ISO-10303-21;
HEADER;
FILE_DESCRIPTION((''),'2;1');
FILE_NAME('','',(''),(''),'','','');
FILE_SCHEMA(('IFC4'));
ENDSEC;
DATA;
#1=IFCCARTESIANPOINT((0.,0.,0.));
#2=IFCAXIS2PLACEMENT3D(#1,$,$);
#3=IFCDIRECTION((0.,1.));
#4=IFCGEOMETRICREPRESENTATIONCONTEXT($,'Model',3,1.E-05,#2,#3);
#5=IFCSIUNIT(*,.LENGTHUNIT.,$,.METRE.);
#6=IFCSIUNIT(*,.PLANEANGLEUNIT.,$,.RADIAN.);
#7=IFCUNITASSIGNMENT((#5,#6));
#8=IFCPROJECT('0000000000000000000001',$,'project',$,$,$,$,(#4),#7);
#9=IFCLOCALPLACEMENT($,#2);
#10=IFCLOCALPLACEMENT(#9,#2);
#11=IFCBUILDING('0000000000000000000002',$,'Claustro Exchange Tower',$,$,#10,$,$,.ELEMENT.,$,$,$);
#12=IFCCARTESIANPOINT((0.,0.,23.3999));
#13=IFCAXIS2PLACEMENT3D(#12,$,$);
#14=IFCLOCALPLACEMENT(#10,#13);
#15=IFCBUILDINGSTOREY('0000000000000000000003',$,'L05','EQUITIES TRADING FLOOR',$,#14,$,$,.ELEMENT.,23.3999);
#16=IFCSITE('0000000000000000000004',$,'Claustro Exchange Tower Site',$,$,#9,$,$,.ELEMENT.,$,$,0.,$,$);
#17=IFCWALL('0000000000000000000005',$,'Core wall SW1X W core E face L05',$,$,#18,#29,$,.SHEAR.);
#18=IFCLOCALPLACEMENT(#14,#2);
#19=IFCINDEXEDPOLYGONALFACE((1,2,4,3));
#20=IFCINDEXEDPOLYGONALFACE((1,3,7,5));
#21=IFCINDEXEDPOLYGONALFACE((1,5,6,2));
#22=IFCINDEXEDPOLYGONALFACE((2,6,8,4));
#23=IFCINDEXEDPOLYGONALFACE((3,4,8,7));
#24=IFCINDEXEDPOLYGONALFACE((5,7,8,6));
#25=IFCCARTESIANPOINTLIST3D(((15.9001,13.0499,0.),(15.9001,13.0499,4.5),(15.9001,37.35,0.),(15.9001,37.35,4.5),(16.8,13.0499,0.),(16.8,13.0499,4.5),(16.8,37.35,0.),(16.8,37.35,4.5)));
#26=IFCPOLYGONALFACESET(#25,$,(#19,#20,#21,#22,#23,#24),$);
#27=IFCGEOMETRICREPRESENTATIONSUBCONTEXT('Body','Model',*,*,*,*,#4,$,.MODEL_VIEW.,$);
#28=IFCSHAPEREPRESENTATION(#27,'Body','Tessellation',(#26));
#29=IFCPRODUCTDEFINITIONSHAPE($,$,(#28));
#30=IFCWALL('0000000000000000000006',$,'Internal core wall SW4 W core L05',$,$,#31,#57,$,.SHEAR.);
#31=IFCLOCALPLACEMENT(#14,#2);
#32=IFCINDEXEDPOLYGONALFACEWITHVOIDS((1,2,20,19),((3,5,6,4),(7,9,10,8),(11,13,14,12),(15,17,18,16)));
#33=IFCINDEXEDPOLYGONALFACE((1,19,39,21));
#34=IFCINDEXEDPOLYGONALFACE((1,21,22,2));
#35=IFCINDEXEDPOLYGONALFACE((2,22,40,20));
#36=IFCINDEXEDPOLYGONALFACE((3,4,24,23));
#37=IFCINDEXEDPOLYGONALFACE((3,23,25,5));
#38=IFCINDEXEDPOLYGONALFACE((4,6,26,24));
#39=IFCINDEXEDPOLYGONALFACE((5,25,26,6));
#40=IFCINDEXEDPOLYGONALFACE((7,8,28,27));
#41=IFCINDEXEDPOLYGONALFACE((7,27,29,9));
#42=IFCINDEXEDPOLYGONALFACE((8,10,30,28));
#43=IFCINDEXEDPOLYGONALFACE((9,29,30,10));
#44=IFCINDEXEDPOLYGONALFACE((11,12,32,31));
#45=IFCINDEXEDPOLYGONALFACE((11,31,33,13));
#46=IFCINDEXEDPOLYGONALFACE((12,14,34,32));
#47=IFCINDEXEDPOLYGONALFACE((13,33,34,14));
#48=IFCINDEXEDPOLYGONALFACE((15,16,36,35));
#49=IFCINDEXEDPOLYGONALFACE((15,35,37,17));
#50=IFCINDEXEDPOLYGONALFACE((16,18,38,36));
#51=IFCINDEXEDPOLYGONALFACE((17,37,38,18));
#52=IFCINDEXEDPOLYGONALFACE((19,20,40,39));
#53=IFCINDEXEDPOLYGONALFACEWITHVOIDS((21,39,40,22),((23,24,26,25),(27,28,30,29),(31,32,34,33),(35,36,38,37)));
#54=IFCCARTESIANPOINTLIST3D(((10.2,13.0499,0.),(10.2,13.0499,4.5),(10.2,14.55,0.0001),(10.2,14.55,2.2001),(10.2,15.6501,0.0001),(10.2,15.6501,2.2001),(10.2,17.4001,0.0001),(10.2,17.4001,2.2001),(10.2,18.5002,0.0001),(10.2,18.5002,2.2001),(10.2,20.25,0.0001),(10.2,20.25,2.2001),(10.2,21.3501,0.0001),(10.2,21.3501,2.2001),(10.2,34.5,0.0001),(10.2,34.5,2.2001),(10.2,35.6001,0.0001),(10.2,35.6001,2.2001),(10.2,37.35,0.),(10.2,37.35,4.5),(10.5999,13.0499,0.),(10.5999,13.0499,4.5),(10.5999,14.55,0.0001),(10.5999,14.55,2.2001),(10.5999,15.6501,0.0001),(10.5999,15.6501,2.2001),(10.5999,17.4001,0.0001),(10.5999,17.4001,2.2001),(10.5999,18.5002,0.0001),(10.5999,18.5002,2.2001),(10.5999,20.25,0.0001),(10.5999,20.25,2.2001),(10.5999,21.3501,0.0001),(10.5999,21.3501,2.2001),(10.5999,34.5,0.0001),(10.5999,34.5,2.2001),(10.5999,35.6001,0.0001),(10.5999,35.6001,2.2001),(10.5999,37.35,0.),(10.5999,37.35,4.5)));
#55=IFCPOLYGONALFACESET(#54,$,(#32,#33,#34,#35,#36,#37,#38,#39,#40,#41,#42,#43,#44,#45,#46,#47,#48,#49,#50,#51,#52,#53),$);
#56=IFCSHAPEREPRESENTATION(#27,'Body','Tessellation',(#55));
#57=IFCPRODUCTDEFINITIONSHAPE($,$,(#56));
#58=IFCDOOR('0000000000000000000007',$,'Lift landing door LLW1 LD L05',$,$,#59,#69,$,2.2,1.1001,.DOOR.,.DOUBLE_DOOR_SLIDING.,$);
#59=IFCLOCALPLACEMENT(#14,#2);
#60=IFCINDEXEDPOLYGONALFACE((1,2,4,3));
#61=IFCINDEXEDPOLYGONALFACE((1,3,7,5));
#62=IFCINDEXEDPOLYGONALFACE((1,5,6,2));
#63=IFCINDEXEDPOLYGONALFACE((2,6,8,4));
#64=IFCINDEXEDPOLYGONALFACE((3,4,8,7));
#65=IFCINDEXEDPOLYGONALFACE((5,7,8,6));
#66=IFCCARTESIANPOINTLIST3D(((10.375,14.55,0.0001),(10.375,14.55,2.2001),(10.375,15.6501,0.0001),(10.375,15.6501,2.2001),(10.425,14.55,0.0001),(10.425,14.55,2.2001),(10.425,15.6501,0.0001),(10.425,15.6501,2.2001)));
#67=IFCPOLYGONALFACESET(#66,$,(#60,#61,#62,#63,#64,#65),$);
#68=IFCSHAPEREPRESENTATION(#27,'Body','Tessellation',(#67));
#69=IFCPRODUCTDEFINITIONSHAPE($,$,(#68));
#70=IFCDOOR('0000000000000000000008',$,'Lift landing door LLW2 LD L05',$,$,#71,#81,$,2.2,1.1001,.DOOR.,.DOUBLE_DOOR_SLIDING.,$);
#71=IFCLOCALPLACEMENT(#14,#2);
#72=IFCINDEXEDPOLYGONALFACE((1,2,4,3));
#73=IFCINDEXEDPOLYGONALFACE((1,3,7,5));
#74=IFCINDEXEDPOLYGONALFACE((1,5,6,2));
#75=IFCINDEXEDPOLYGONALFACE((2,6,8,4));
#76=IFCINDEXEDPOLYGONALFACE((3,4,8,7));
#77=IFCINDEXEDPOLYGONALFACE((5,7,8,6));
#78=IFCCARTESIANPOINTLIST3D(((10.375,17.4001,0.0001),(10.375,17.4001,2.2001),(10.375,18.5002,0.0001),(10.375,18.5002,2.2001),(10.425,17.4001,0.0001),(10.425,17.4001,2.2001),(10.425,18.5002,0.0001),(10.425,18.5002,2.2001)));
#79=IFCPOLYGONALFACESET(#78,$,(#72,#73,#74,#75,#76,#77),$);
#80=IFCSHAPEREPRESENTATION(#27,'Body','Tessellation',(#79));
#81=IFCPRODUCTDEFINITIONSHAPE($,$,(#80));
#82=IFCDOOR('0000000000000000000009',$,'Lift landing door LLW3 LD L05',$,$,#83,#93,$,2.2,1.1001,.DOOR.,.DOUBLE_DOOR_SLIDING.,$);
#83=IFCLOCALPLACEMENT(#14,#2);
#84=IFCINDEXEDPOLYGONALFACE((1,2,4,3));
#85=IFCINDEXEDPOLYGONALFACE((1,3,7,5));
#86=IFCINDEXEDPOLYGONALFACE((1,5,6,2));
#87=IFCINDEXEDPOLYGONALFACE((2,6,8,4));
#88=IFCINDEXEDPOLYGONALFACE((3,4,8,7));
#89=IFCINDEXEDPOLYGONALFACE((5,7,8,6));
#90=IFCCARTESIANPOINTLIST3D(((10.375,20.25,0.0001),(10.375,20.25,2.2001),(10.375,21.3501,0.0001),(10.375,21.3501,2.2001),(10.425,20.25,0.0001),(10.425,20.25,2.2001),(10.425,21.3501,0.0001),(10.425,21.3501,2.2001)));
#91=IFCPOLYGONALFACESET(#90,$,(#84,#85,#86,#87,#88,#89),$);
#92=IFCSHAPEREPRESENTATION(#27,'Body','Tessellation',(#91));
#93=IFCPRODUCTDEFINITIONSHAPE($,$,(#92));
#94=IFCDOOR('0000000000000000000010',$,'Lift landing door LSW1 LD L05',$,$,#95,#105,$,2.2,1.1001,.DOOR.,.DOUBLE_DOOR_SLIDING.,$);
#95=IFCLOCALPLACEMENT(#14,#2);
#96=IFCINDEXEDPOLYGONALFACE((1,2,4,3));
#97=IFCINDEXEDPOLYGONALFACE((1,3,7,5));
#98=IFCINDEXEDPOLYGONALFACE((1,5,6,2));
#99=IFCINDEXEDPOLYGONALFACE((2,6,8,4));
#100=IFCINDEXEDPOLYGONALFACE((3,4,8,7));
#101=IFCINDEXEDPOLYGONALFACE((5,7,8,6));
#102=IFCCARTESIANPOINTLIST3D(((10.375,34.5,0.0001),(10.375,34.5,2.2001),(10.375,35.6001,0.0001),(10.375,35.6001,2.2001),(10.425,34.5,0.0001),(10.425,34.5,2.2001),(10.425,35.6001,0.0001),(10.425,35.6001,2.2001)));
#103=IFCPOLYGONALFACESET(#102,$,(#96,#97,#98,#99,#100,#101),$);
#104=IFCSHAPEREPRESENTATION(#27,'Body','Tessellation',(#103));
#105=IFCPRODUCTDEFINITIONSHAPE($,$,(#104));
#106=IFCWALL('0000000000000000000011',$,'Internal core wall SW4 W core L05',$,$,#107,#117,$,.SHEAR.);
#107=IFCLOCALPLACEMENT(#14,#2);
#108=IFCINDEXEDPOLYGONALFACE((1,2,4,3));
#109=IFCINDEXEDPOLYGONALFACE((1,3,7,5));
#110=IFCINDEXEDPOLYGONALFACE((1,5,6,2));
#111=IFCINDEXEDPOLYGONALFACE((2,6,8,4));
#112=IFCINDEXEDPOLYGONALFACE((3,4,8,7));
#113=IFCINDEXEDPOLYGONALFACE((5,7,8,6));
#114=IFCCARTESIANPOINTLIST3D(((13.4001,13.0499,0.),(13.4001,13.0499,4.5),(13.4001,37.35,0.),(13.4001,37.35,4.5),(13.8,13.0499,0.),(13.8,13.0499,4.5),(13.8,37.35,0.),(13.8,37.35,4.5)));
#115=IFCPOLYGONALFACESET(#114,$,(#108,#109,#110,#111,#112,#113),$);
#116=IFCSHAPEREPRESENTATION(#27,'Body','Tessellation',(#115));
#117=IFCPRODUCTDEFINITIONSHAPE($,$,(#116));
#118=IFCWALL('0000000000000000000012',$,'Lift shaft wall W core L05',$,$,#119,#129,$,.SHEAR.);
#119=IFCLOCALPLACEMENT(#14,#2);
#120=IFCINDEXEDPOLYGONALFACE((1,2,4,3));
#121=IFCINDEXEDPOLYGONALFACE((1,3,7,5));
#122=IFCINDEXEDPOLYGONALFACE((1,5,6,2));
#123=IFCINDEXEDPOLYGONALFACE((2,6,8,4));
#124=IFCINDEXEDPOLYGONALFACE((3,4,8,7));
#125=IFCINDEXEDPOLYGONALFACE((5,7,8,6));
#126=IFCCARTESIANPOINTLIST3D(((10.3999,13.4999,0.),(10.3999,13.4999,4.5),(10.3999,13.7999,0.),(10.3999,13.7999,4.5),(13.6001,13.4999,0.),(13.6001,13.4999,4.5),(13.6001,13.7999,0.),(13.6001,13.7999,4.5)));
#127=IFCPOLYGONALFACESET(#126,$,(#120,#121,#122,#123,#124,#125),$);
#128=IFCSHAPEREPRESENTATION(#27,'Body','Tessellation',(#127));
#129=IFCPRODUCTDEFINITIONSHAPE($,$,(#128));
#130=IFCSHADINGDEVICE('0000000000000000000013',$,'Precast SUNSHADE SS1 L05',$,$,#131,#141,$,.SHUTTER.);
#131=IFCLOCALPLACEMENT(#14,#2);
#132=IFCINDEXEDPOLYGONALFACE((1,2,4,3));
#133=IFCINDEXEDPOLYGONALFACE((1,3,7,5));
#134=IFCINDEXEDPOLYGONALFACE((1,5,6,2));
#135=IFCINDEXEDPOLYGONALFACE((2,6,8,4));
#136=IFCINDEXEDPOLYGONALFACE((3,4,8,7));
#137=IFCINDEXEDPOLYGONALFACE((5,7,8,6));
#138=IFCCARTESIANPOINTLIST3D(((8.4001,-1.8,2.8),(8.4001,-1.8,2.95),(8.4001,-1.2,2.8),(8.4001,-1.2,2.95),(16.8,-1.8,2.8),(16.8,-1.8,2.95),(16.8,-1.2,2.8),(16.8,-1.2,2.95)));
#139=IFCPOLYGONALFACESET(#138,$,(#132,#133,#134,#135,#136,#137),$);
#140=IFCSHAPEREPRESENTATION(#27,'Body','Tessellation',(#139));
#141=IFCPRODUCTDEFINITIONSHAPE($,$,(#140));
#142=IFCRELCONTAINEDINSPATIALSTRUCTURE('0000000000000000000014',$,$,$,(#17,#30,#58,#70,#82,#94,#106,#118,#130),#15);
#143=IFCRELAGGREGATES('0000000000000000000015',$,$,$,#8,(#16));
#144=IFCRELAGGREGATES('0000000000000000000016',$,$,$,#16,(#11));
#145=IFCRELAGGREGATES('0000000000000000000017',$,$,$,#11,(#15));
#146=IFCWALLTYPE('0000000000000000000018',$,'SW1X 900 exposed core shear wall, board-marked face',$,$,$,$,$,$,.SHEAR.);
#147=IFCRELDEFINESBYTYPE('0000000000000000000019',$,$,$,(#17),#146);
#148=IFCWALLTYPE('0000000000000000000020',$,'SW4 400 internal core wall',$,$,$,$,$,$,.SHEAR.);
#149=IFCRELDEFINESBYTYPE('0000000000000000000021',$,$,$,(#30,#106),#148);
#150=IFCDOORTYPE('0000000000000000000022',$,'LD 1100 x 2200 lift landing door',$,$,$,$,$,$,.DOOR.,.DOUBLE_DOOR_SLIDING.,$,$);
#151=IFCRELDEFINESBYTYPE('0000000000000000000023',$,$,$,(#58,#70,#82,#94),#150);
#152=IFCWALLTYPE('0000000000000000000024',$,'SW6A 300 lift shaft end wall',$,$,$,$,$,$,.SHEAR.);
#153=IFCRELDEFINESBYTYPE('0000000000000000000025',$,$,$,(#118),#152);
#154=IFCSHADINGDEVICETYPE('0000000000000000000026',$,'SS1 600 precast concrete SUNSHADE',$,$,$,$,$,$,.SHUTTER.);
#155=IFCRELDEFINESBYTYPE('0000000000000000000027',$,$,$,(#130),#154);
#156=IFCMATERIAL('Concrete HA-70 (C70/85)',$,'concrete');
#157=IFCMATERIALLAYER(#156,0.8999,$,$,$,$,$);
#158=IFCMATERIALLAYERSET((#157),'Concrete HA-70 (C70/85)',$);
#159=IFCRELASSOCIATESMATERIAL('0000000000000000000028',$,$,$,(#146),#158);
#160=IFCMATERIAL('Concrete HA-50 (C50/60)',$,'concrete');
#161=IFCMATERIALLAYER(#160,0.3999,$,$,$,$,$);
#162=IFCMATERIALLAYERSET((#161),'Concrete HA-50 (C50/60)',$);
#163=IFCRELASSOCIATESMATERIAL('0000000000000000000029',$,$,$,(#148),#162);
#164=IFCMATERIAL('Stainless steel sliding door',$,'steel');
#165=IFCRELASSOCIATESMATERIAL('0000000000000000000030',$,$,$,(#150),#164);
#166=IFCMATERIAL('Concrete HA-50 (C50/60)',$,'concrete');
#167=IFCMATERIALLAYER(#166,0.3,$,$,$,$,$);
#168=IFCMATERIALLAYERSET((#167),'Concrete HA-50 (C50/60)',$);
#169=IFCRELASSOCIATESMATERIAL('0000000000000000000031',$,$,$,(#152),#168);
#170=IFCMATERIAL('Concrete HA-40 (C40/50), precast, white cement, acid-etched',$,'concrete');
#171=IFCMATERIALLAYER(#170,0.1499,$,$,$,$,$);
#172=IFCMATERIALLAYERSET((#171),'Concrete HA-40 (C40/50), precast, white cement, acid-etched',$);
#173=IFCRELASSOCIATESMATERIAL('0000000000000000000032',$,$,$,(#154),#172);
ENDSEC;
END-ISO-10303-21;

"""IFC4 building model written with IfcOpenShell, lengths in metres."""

from ifc_helpers import new_model, si_unit, direction, frame, frame_2d, origin, origin_2d, place, context, subcontext, project, spatial, rectangle, extrude, material, layer, layer_set, type_object, element, fill, save


model = new_model("IFC4")

# Units and contexts
model_context = context("Model", 3, precision=1e-05, world=origin(), true_north=direction((0.0, 1.0)))
body_context = subcontext(model_context, "Body", "Model", "MODEL_VIEW")
ifc_project = project(units=[si_unit("LENGTHUNIT", "METRE"), si_unit("PLANEANGLEUNIT", "RADIAN")], contexts=[model_context])

# Site, building, storey
site_placement = place(None, origin())
site = spatial("IfcSite", under=ifc_project, at=site_placement, Name="Claustro Exchange Tower Site", CompositionType="ELEMENT", RefElevation=0.0)
building_placement = place(site_placement, origin())
building = spatial("IfcBuilding", under=site, at=building_placement, Name="Claustro Exchange Tower", CompositionType="ELEMENT")
storey_placement = place(building_placement, frame((0.0, 0.0, 23.3999)))
storey = spatial("IfcBuildingStorey", under=building, at=storey_placement, Name="L05", Description="EQUITIES TRADING FLOOR", CompositionType="ELEMENT", Elevation=23.3999)

# Wall
ifc_material_1 = material(Name="Concrete HA-70 (C70/85)", Category="concrete")
ifc_layer_1 = layer(ifc_material_1, 0.8999)
ifc_layer_set_1 = layer_set([ifc_layer_1], Name="Concrete HA-70 (C70/85)")
wall_type_1 = type_object("IfcWallType", Name="SW1X 900 exposed core shear wall, board-marked face", PredefinedType="SHEAR", material=ifc_layer_set_1)
wall_1_placement = place(storey_placement, frame((16.3501, 13.05, 0.0), z_axis=(0.0, 0.0, 1.0), x_axis=(0.0, 1.0, 0.0)))
element("IfcWall", 1, at=wall_1_placement, inside=storey, type_object=wall_type_1, Name="Core wall SW1X W core E face L05", PredefinedType="SHEAR", context=body_context, shape_type="SweptSolid", body=[
    extrude(rectangle(XDim=24.3, YDim=0.8999, at=frame_2d((12.1499, 0.0))), origin(), (0.0, 0.0, 1.0), 4.5),
])

# Wall, openings, doors
ifc_material_2 = material(Name="Concrete HA-50 (C50/60)", Category="concrete")
ifc_layer_2 = layer(ifc_material_2, 0.3999)
ifc_layer_set_2 = layer_set([ifc_layer_2], Name="Concrete HA-50 (C50/60)")
wall_type_2 = type_object("IfcWallType", Name="SW4 400 internal core wall", PredefinedType="SHEAR", material=ifc_layer_set_2)
wall_2_placement = place(storey_placement, frame((10.3999, 13.05, 0.0), z_axis=(0.0, 0.0, 1.0), x_axis=(0.0, 1.0, 0.0)))
wall_2 = element("IfcWall", 2, at=wall_2_placement, inside=storey, type_object=wall_type_2, Name="Internal core wall SW4 W core L05", PredefinedType="SHEAR", context=body_context, shape_type="SweptSolid", body=[
    extrude(rectangle(XDim=24.3, YDim=0.3999, at=frame_2d((12.1499, 0.0))), origin(), (0.0, 0.0, 1.0), 4.5),
])
opening_1_placement = place(wall_2_placement, frame((1.5, 0.0, 0.0)))
opening_1 = element("IfcOpeningElement", 3, at=opening_1_placement, cuts=wall_2, PredefinedType="OPENING", context=body_context, shape_type="SweptSolid", body=[
    extrude(rectangle(XDim=1.1001, YDim=2.2, at=frame_2d((0.55, 1.1001))), frame((0.0, 0.21, 0.0), z_axis=(0.0, -1.0, 0.0), x_axis=(1.0, 0.0, 0.0)), (0.0, 0.0, 1.0), 0.4199),
])
opening_2_placement = place(wall_2_placement, frame((4.3501, 0.0, 0.0)))
opening_2 = element("IfcOpeningElement", 4, at=opening_2_placement, cuts=wall_2, PredefinedType="OPENING", context=body_context, shape_type="SweptSolid", body=[
    extrude(rectangle(XDim=1.1001, YDim=2.2, at=frame_2d((0.55, 1.1001))), frame((0.0, 0.21, 0.0), z_axis=(0.0, -1.0, 0.0), x_axis=(1.0, 0.0, 0.0)), (0.0, 0.0, 1.0), 0.4199),
])
opening_3_placement = place(wall_2_placement, frame((7.2, 0.0, 0.0)))
opening_3 = element("IfcOpeningElement", 5, at=opening_3_placement, cuts=wall_2, PredefinedType="OPENING", context=body_context, shape_type="SweptSolid", body=[
    extrude(rectangle(XDim=1.1001, YDim=2.2, at=frame_2d((0.55, 1.1001))), frame((0.0, 0.21, 0.0), z_axis=(0.0, -1.0, 0.0), x_axis=(1.0, 0.0, 0.0)), (0.0, 0.0, 1.0), 0.4199),
])
opening_4_placement = place(wall_2_placement, frame((21.45, 0.0, 0.0)))
opening_4 = element("IfcOpeningElement", 6, at=opening_4_placement, cuts=wall_2, PredefinedType="OPENING", context=body_context, shape_type="SweptSolid", body=[
    extrude(rectangle(XDim=1.1001, YDim=2.2, at=frame_2d((0.55, 1.1001))), frame((0.0, 0.21, 0.0), z_axis=(0.0, -1.0, 0.0), x_axis=(1.0, 0.0, 0.0)), (0.0, 0.0, 1.0), 0.4199),
])
ifc_material_3 = material(Name="Stainless steel sliding door", Category="steel")
door_type = type_object("IfcDoorType", Name="LD 1100 x 2200 lift landing door", OperationType="DOUBLE_DOOR_SLIDING", PredefinedType="DOOR", material=ifc_material_3)
door_1_placement = place(opening_1_placement, origin())
door_1 = element("IfcDoor", 7, at=door_1_placement, inside=storey, type_object=door_type, Name="Lift landing door LLW1 LD L05", OperationType="DOUBLE_DOOR_SLIDING", OverallHeight=2.2, OverallWidth=1.1001, PredefinedType="DOOR", context=body_context, shape_type="SweptSolid", body=[
    extrude(rectangle(XDim=1.1001, YDim=2.2, at=frame_2d((0.55, 1.1001))), frame((0.0, 0.0249, 0.0), z_axis=(0.0, -1.0, 0.0), x_axis=(1.0, 0.0, 0.0)), (0.0, 0.0, 1.0), 0.05),
])
fill(opening_1, door_1)
door_2_placement = place(opening_2_placement, origin())
door_2 = element("IfcDoor", 8, at=door_2_placement, inside=storey, type_object=door_type, Name="Lift landing door LLW2 LD L05", OperationType="DOUBLE_DOOR_SLIDING", OverallHeight=2.2, OverallWidth=1.1001, PredefinedType="DOOR", context=body_context, shape_type="SweptSolid", body=[
    extrude(rectangle(XDim=1.1001, YDim=2.2, at=frame_2d((0.55, 1.1001))), frame((0.0, 0.0249, 0.0), z_axis=(0.0, -1.0, 0.0), x_axis=(1.0, 0.0, 0.0)), (0.0, 0.0, 1.0), 0.05),
])
fill(opening_2, door_2)
door_3_placement = place(opening_3_placement, origin())
door_3 = element("IfcDoor", 9, at=door_3_placement, inside=storey, type_object=door_type, Name="Lift landing door LLW3 LD L05", OperationType="DOUBLE_DOOR_SLIDING", OverallHeight=2.2, OverallWidth=1.1001, PredefinedType="DOOR", context=body_context, shape_type="SweptSolid", body=[
    extrude(rectangle(XDim=1.1001, YDim=2.2, at=frame_2d((0.55, 1.1001))), frame((0.0, 0.0249, 0.0), z_axis=(0.0, -1.0, 0.0), x_axis=(1.0, 0.0, 0.0)), (0.0, 0.0, 1.0), 0.05),
])
fill(opening_3, door_3)
door_4_placement = place(opening_4_placement, origin())
door_4 = element("IfcDoor", 10, at=door_4_placement, inside=storey, type_object=door_type, Name="Lift landing door LSW1 LD L05", OperationType="DOUBLE_DOOR_SLIDING", OverallHeight=2.2, OverallWidth=1.1001, PredefinedType="DOOR", context=body_context, shape_type="SweptSolid", body=[
    extrude(rectangle(XDim=1.1001, YDim=2.2, at=frame_2d((0.55, 1.1001))), frame((0.0, 0.0249, 0.0), z_axis=(0.0, -1.0, 0.0), x_axis=(1.0, 0.0, 0.0)), (0.0, 0.0, 1.0), 0.05),
])
fill(opening_4, door_4)

# Walls
wall_3_placement = place(storey_placement, frame((13.6001, 13.05, 0.0), z_axis=(0.0, 0.0, 1.0), x_axis=(0.0, 1.0, 0.0)))
element("IfcWall", 11, at=wall_3_placement, inside=storey, type_object=wall_type_2, Name="Internal core wall SW4 W core L05", PredefinedType="SHEAR", context=body_context, shape_type="SweptSolid", body=[
    extrude(rectangle(XDim=24.3, YDim=0.3999, at=frame_2d((12.1499, 0.0))), origin(), (0.0, 0.0, 1.0), 4.5),
])
ifc_material_4 = material(Name="Concrete HA-50 (C50/60)", Category="concrete")
ifc_layer_3 = layer(ifc_material_4, 0.3)
ifc_layer_set_3 = layer_set([ifc_layer_3], Name="Concrete HA-50 (C50/60)")
wall_type_3 = type_object("IfcWallType", Name="SW6A 300 lift shaft end wall", PredefinedType="SHEAR", material=ifc_layer_set_3)
wall_4_placement = place(storey_placement, frame((10.3999, 13.6499, 0.0), z_axis=(0.0, 0.0, 1.0), x_axis=(1.0, 0.0, 0.0)))
element("IfcWall", 12, at=wall_4_placement, inside=storey, type_object=wall_type_3, Name="Lift shaft wall W core L05", PredefinedType="SHEAR", context=body_context, shape_type="SweptSolid", body=[
    extrude(rectangle(XDim=3.2002, YDim=0.3, at=frame_2d((1.6001, 0.0))), origin(), (0.0, 0.0, 1.0), 4.5),
])

# Shading device
ifc_material_5 = material(Name="Concrete HA-40 (C40/50), precast, white cement, acid-etched", Category="concrete")
ifc_layer_4 = layer(ifc_material_5, 0.1499)
ifc_layer_set_4 = layer_set([ifc_layer_4], Name="Concrete HA-40 (C40/50), precast, white cement, acid-etched")
shading_device_type = type_object("IfcShadingDeviceType", Name="SS1 600 precast concrete SUNSHADE", PredefinedType="SHUTTER", material=ifc_layer_set_4)
shading_device_placement = place(storey_placement, frame((12.6001, -1.5, 2.8), z_axis=(0.0, 0.0, 1.0), x_axis=(-1.0, 0.0, 0.0)))
element("IfcShadingDevice", 13, at=shading_device_placement, inside=storey, type_object=shading_device_type, Name="Precast SUNSHADE SS1 L05", PredefinedType="SHUTTER", context=body_context, shape_type="SweptSolid", body=[
    extrude(rectangle(XDim=8.3999, YDim=0.6001, at=origin_2d()), origin(), (0.0, 0.0, 1.0), 0.1499),
])

save(model, "model.ifc")
